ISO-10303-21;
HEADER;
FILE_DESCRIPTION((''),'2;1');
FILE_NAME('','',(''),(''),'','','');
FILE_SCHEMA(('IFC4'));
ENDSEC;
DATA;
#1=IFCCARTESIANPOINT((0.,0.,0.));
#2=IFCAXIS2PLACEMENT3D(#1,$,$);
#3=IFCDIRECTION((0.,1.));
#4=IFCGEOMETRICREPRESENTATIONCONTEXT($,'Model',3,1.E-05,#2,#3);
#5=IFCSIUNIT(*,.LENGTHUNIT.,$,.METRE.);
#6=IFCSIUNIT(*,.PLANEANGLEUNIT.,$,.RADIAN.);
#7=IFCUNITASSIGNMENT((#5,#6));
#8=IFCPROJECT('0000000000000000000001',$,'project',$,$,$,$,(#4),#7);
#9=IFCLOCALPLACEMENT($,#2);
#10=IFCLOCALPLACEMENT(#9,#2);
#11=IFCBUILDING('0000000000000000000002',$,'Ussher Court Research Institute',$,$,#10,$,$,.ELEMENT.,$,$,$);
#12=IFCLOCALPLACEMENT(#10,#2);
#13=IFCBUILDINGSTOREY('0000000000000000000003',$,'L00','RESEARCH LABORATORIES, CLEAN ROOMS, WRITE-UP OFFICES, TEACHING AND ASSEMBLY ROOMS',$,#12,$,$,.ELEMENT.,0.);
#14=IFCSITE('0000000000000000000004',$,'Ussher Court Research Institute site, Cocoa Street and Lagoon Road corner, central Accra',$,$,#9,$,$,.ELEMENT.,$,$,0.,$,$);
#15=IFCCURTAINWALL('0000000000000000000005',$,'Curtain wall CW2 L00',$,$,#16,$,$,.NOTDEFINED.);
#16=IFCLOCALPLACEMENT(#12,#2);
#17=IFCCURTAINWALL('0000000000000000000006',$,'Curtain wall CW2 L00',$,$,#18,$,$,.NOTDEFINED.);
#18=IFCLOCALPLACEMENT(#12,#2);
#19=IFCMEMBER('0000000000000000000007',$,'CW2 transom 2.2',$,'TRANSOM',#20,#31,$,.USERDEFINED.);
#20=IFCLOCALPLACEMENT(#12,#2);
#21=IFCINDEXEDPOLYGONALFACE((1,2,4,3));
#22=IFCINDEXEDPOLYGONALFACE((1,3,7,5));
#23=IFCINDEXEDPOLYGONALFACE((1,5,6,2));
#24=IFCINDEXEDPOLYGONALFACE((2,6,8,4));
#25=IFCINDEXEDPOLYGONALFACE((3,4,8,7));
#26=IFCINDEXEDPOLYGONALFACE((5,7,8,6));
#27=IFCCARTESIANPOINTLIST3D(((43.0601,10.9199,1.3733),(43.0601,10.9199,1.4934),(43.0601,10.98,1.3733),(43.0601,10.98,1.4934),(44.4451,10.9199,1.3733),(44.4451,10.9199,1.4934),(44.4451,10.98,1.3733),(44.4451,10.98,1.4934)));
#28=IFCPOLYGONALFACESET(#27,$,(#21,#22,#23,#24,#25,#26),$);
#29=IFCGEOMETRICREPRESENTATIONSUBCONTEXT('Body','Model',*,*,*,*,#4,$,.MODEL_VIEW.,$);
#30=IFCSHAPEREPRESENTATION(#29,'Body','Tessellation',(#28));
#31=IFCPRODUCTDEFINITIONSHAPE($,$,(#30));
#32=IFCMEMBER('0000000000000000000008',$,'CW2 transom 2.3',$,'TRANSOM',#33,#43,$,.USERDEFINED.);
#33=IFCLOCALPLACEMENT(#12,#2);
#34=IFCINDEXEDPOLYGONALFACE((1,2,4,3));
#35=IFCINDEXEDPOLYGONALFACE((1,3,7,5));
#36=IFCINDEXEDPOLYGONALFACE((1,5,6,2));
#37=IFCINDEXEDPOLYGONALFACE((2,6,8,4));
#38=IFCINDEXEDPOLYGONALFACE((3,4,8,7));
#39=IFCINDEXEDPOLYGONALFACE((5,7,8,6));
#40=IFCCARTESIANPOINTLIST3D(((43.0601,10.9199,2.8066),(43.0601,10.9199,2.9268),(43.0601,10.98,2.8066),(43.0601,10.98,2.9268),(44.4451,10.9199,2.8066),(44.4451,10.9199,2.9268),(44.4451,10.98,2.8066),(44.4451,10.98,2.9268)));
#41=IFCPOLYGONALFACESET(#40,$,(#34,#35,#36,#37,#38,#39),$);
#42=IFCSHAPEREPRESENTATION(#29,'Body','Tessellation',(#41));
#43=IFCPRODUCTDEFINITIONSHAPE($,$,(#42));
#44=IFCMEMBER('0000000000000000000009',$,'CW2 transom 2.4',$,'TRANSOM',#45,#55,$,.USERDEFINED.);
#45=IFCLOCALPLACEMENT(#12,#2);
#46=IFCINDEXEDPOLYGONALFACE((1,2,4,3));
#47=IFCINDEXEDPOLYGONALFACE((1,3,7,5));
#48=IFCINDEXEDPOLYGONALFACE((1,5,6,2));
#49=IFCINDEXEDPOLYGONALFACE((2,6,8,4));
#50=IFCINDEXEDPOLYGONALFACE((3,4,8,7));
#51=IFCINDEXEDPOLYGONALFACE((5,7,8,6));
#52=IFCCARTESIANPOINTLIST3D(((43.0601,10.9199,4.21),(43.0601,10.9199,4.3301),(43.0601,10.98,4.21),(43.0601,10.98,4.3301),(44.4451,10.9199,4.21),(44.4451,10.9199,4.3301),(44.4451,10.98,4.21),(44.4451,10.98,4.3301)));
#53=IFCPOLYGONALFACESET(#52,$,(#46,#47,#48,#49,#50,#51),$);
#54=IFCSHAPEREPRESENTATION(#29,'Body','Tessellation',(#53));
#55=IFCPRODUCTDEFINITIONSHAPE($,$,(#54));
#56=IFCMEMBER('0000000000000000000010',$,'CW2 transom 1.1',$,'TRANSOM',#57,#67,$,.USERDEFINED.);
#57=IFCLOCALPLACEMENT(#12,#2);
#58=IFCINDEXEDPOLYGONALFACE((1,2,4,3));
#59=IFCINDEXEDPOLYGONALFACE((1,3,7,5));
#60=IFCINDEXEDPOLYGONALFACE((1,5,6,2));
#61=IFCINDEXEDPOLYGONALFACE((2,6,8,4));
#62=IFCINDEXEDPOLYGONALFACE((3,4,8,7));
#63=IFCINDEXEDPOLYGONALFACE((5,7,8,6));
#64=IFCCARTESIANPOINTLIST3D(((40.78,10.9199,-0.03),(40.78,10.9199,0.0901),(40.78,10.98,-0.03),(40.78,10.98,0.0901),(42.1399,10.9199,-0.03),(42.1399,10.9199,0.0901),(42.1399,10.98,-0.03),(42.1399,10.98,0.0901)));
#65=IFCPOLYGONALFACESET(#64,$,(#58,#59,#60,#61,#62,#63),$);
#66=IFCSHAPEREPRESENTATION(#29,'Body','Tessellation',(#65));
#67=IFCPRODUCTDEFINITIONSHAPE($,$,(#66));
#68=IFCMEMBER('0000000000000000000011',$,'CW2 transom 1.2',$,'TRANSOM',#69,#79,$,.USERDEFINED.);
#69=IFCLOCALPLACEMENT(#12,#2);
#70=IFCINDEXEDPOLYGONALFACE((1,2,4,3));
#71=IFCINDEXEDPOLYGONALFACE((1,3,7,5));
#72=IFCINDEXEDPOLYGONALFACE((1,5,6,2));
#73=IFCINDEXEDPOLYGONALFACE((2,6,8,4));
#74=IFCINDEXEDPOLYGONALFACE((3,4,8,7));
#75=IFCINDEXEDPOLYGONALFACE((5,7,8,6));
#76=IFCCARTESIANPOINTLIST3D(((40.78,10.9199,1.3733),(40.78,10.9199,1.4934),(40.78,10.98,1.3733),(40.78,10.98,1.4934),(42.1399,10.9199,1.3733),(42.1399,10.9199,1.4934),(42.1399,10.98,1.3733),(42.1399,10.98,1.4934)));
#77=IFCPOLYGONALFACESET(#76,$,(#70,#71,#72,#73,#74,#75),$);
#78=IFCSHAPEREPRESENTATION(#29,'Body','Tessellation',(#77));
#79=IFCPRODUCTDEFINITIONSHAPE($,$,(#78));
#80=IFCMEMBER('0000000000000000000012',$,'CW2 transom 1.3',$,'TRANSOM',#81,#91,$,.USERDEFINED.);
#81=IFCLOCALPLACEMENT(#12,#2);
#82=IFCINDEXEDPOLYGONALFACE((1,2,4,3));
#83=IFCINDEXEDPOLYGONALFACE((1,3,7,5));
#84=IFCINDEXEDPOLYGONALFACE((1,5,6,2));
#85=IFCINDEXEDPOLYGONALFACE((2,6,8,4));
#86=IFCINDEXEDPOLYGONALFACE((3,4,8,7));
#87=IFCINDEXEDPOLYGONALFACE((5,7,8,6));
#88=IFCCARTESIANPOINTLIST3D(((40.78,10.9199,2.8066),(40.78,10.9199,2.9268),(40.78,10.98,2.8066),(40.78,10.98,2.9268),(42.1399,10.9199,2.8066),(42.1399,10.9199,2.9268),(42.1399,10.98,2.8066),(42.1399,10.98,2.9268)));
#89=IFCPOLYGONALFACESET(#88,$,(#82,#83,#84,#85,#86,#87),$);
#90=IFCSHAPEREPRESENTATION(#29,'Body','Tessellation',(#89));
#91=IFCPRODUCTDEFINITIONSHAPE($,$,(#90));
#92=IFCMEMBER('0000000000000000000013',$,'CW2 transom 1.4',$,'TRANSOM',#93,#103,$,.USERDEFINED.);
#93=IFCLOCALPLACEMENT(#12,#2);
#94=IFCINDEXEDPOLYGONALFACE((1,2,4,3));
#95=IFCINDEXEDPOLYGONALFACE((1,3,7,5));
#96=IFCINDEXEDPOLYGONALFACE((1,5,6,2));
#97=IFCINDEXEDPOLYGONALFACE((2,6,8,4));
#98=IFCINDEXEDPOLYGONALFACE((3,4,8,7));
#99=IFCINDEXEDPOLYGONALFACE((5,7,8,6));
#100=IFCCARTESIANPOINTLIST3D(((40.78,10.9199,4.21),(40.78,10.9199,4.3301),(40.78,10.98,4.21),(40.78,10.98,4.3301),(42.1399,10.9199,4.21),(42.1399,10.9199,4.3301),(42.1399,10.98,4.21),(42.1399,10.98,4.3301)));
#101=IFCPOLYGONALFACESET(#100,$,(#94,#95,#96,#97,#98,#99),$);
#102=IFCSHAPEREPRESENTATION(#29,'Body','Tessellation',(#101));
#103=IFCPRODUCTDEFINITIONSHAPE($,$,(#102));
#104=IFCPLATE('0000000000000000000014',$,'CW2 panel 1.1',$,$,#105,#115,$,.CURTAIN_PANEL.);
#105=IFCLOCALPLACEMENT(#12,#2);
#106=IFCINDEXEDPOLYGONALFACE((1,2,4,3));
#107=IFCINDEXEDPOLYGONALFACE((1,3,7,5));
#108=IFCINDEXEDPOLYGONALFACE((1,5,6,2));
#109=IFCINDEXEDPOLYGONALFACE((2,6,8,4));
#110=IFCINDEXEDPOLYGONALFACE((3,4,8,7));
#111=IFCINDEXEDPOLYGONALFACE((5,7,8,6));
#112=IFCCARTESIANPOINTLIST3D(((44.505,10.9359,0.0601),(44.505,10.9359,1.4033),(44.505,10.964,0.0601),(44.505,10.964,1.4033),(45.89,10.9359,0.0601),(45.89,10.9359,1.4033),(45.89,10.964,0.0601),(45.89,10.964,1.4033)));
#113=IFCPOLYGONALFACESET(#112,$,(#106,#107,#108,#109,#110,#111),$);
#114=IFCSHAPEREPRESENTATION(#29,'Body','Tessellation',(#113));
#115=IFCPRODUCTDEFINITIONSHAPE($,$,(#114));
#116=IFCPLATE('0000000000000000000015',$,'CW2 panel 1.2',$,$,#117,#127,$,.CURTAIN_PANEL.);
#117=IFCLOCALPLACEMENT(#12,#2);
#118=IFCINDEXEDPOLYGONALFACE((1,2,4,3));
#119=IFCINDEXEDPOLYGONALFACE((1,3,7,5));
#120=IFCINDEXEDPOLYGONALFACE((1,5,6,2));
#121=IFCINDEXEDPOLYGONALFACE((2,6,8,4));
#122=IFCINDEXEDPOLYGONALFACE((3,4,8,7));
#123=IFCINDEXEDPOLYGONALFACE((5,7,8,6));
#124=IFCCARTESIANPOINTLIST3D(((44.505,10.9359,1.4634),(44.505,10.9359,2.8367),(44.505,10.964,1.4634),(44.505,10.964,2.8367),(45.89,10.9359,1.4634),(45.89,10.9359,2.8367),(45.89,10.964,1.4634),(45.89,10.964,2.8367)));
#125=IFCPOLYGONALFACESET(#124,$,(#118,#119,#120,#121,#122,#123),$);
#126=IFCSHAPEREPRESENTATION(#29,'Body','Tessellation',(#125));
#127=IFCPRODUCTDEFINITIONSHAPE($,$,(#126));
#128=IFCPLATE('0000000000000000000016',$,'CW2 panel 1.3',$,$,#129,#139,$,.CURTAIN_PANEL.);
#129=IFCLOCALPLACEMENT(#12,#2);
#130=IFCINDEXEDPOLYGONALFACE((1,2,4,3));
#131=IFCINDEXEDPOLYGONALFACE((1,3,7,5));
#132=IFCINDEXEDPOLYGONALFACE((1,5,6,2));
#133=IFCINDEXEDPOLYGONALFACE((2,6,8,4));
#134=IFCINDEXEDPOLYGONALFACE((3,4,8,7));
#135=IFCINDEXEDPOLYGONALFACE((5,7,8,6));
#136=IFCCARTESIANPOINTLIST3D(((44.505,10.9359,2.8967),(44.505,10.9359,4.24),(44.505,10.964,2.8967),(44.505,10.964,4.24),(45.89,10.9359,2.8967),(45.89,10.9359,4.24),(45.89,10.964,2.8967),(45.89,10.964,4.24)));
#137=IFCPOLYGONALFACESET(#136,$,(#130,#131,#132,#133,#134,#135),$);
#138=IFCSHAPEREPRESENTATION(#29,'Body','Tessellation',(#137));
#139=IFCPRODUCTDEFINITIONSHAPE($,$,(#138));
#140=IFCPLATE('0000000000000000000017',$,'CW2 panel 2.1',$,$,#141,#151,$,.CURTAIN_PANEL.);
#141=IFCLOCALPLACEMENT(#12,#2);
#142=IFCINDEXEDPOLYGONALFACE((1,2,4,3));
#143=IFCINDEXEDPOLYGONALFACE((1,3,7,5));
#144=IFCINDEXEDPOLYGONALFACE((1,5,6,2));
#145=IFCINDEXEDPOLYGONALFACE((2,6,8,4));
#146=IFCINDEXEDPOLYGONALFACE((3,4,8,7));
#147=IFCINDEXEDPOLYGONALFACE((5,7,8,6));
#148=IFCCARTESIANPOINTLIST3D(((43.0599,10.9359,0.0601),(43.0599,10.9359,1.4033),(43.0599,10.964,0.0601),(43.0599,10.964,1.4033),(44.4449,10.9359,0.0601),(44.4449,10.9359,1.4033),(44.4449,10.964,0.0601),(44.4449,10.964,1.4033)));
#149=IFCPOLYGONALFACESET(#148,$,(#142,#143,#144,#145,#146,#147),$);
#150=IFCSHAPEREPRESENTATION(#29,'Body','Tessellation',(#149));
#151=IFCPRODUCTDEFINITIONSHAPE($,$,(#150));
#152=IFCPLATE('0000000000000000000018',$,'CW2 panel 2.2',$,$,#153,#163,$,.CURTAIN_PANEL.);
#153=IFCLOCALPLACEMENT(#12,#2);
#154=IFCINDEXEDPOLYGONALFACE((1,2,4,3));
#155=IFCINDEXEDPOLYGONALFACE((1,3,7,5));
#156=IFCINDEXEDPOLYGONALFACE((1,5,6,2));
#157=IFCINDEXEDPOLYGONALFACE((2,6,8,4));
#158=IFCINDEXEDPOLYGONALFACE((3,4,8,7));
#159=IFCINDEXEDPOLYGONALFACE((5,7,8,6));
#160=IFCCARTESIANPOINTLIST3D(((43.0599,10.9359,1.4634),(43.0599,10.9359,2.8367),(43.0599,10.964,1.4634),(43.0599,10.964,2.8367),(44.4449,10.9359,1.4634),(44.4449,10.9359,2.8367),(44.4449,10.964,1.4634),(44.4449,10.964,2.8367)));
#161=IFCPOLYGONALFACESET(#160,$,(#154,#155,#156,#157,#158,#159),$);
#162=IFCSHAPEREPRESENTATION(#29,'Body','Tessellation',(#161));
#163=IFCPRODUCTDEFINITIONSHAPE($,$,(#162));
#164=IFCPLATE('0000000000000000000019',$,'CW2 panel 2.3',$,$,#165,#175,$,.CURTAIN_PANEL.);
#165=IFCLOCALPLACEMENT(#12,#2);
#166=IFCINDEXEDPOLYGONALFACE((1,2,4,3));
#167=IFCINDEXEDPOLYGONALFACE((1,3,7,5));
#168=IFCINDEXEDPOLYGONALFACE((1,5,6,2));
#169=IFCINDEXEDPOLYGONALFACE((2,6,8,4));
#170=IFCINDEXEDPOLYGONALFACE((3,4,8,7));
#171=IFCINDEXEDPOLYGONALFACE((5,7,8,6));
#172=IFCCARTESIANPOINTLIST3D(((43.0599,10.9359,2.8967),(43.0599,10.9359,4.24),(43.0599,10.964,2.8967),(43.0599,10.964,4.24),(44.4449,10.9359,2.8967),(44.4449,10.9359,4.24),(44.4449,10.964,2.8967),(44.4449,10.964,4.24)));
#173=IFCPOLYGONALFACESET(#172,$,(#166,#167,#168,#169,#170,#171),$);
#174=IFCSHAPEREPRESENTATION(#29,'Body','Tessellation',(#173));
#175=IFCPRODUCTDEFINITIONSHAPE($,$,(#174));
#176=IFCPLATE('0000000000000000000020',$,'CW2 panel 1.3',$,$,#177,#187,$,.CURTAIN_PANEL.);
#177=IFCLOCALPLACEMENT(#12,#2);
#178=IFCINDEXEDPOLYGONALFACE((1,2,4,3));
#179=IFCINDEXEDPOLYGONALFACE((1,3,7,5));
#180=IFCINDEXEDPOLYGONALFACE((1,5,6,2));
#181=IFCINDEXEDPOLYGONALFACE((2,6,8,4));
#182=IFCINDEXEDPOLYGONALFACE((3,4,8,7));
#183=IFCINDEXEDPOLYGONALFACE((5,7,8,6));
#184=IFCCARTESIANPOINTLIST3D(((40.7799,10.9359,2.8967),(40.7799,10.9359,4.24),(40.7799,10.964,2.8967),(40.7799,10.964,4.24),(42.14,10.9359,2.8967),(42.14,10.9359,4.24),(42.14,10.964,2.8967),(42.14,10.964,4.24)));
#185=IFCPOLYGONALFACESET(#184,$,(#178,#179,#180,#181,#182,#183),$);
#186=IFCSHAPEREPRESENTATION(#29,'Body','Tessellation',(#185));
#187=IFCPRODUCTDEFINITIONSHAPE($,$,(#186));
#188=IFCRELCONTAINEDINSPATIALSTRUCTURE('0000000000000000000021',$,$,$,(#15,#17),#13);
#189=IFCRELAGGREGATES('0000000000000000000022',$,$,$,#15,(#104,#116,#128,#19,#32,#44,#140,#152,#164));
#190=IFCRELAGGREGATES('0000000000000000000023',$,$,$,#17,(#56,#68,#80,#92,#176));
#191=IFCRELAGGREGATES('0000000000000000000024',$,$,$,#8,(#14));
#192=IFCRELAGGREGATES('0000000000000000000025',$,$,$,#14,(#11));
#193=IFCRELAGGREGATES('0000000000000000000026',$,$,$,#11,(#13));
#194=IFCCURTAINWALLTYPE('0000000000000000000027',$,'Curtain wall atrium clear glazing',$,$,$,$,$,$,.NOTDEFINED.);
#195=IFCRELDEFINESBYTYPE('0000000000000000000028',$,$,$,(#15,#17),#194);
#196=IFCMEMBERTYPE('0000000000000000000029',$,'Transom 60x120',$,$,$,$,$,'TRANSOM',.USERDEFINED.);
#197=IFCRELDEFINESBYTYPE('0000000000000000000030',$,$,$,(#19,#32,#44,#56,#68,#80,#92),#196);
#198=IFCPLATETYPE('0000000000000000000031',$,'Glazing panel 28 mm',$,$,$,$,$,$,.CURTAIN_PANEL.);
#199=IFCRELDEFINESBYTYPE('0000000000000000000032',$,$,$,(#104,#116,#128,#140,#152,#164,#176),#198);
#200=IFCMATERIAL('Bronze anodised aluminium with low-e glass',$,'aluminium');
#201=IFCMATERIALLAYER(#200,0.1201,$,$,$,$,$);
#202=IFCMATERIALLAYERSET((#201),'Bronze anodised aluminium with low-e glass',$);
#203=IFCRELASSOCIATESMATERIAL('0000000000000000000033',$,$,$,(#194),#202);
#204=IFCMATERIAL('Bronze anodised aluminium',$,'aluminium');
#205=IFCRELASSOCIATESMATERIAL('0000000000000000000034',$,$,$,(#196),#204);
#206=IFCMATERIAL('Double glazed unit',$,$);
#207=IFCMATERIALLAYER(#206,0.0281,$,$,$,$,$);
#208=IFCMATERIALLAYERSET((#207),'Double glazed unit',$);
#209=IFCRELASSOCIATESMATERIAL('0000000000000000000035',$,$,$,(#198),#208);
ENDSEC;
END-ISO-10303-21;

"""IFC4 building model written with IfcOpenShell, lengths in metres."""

from ifc_helpers import new_model, si_unit, direction, frame, origin, origin_2d, place, context, subcontext, project, spatial, rectangle, extrude, material, layer, layer_set, material_profile, profile_set, type_object, element, aggregate, save


model = new_model("IFC4")

# Units and contexts
model_context = context("Model", 3, precision=1e-05, world=origin(), true_north=direction((0.0, 1.0)))
body_context = subcontext(model_context, "Body", "Model", "MODEL_VIEW")
ifc_project = project(units=[si_unit("LENGTHUNIT", "METRE"), si_unit("PLANEANGLEUNIT", "RADIAN")], contexts=[model_context])

# Site, building, storey
site_placement = place(None, origin())
site = spatial("IfcSite", under=ifc_project, at=site_placement, Name="Ussher Court Research Institute site, Cocoa Street and Lagoon Road corner, central Accra", CompositionType="ELEMENT", RefElevation=0.0)
building_placement = place(site_placement, origin())
building = spatial("IfcBuilding", under=site, at=building_placement, Name="Ussher Court Research Institute", CompositionType="ELEMENT")
storey_placement = place(building_placement, origin())
storey = spatial("IfcBuildingStorey", under=building, at=storey_placement, Name="L00", Description="RESEARCH LABORATORIES, CLEAN ROOMS, WRITE-UP OFFICES, TEACHING AND ASSEMBLY ROOMS", CompositionType="ELEMENT", Elevation=0.0)

# Curtain wall
ifc_material_1 = material(Name="Bronze anodised aluminium with low-e glass", Category="aluminium")
ifc_layer_1 = layer(ifc_material_1, 0.1201)
ifc_layer_set_1 = layer_set([ifc_layer_1], Name="Bronze anodised aluminium with low-e glass")
curtain_wall_type = type_object("IfcCurtainWallType", Name="Curtain wall atrium clear glazing", PredefinedType="NOTDEFINED", material=ifc_layer_set_1)
curtain_wall_1_placement = place(storey_placement, origin())
curtain_wall_1 = element("IfcCurtainWall", 1, at=curtain_wall_1_placement, inside=storey, type_object=curtain_wall_type, Name="Curtain wall CW2 L00", PredefinedType="NOTDEFINED")

# Curtain wall
curtain_wall_2_placement = place(storey_placement, origin())
curtain_wall_2 = element("IfcCurtainWall", 2, at=curtain_wall_2_placement, inside=storey, type_object=curtain_wall_type, Name="Curtain wall CW2 L00", PredefinedType="NOTDEFINED")

# Members
ifc_material_2 = material(Name="Bronze anodised aluminium", Category="aluminium")
ifc_material_profile_1 = material_profile(ifc_material_2, rectangle(XDim=0.0601, YDim=0.1201, at=origin_2d()), Name="Transom 60x120")
ifc_profile_set_1 = profile_set([ifc_material_profile_1], Name="Bronze anodised aluminium")
member_type_1 = type_object("IfcMemberType", Name="Transom 60x120", ElementType="TRANSOM", PredefinedType="USERDEFINED", material=ifc_profile_set_1)
member_1_placement = place(storey_placement, frame((44.4451, 10.95, 1.4333), z_axis=(-1.0, 0.0, 0.0), x_axis=(0.0, -1.0, 0.0)))
member_1 = element("IfcMember", 3, at=member_1_placement, type_object=member_type_1, Name="CW2 transom 2.2", ObjectType="TRANSOM", PredefinedType="USERDEFINED", context=body_context, shape_type="SweptSolid", body=[
    extrude(rectangle(XDim=0.0601, YDim=0.1201, at=origin_2d()), origin(), (0.0, 0.0, 1.0), 1.385),
])
member_2_placement = place(storey_placement, frame((44.4451, 10.95, 2.8667), z_axis=(-1.0, 0.0, 0.0), x_axis=(0.0, -1.0, 0.0)))
member_2 = element("IfcMember", 4, at=member_2_placement, type_object=member_type_1, Name="CW2 transom 2.3", ObjectType="TRANSOM", PredefinedType="USERDEFINED", context=body_context, shape_type="SweptSolid", body=[
    extrude(rectangle(XDim=0.0601, YDim=0.1201, at=origin_2d()), origin(), (0.0, 0.0, 1.0), 1.385),
])
member_3_placement = place(storey_placement, frame((44.4451, 10.95, 4.27), z_axis=(-1.0, 0.0, 0.0), x_axis=(0.0, -1.0, 0.0)))
member_3 = element("IfcMember", 5, at=member_3_placement, type_object=member_type_1, Name="CW2 transom 2.4", ObjectType="TRANSOM", PredefinedType="USERDEFINED", context=body_context, shape_type="SweptSolid", body=[
    extrude(rectangle(XDim=0.0601, YDim=0.1201, at=origin_2d()), origin(), (0.0, 0.0, 1.0), 1.385),
])
member_4_placement = place(storey_placement, frame((42.1399, 10.95, 0.03), z_axis=(-1.0, 0.0, 0.0), x_axis=(0.0, -1.0, 0.0)))
member_4 = element("IfcMember", 6, at=member_4_placement, type_object=member_type_1, Name="CW2 transom 1.1", ObjectType="TRANSOM", PredefinedType="USERDEFINED", context=body_context, shape_type="SweptSolid", body=[
    extrude(rectangle(XDim=0.0601, YDim=0.1201, at=origin_2d()), origin(), (0.0, 0.0, 1.0), 1.3599),
])
member_5_placement = place(storey_placement, frame((42.1399, 10.95, 1.4333), z_axis=(-1.0, 0.0, 0.0), x_axis=(0.0, -1.0, 0.0)))
member_5 = element("IfcMember", 7, at=member_5_placement, type_object=member_type_1, Name="CW2 transom 1.2", ObjectType="TRANSOM", PredefinedType="USERDEFINED", context=body_context, shape_type="SweptSolid", body=[
    extrude(rectangle(XDim=0.0601, YDim=0.1201, at=origin_2d()), origin(), (0.0, 0.0, 1.0), 1.3599),
])
member_6_placement = place(storey_placement, frame((42.1399, 10.95, 2.8667), z_axis=(-1.0, 0.0, 0.0), x_axis=(0.0, -1.0, 0.0)))
member_6 = element("IfcMember", 8, at=member_6_placement, type_object=member_type_1, Name="CW2 transom 1.3", ObjectType="TRANSOM", PredefinedType="USERDEFINED", context=body_context, shape_type="SweptSolid", body=[
    extrude(rectangle(XDim=0.0601, YDim=0.1201, at=origin_2d()), origin(), (0.0, 0.0, 1.0), 1.3599),
])
member_7_placement = place(storey_placement, frame((42.1399, 10.95, 4.27), z_axis=(-1.0, 0.0, 0.0), x_axis=(0.0, -1.0, 0.0)))
member_7 = element("IfcMember", 9, at=member_7_placement, type_object=member_type_1, Name="CW2 transom 1.4", ObjectType="TRANSOM", PredefinedType="USERDEFINED", context=body_context, shape_type="SweptSolid", body=[
    extrude(rectangle(XDim=0.0601, YDim=0.1201, at=origin_2d()), origin(), (0.0, 0.0, 1.0), 1.3599),
])

# Plates
ifc_material_3 = material(Name="Double glazed unit")
ifc_layer_2 = layer(ifc_material_3, 0.0281)
ifc_layer_set_2 = layer_set([ifc_layer_2], Name="Double glazed unit")
plate_type = type_object("IfcPlateType", Name="Glazing panel 28 mm", PredefinedType="CURTAIN_PANEL", material=ifc_layer_set_2)
plate_1_placement = place(storey_placement, frame((45.1975, 10.95, 0.0601), z_axis=(0.0, 0.0, 1.0), x_axis=(-1.0, 0.0, 0.0)))
plate_1 = element("IfcPlate", 10, at=plate_1_placement, type_object=plate_type, Name="CW2 panel 1.1", PredefinedType="CURTAIN_PANEL", context=body_context, shape_type="SweptSolid", body=[
    extrude(rectangle(XDim=1.385, YDim=0.0281, at=origin_2d()), origin(), (0.0, 0.0, 1.0), 1.3433),
])
plate_2_placement = place(storey_placement, frame((45.1975, 10.95, 1.4634), z_axis=(0.0, 0.0, 1.0), x_axis=(-1.0, 0.0, 0.0)))
plate_2 = element("IfcPlate", 11, at=plate_2_placement, type_object=plate_type, Name="CW2 panel 1.2", PredefinedType="CURTAIN_PANEL", context=body_context, shape_type="SweptSolid", body=[
    extrude(rectangle(XDim=1.385, YDim=0.0281, at=origin_2d()), origin(), (0.0, 0.0, 1.0), 1.3733),
])
plate_3_placement = place(storey_placement, frame((45.1975, 10.95, 2.8967), z_axis=(0.0, 0.0, 1.0), x_axis=(-1.0, 0.0, 0.0)))
plate_3 = element("IfcPlate", 12, at=plate_3_placement, type_object=plate_type, Name="CW2 panel 1.3", PredefinedType="CURTAIN_PANEL", context=body_context, shape_type="SweptSolid", body=[
    extrude(rectangle(XDim=1.385, YDim=0.0281, at=origin_2d()), origin(), (0.0, 0.0, 1.0), 1.3433),
])
plate_4_placement = place(storey_placement, frame((43.7524, 10.95, 0.0601), z_axis=(0.0, 0.0, 1.0), x_axis=(-1.0, 0.0, 0.0)))
plate_4 = element("IfcPlate", 13, at=plate_4_placement, type_object=plate_type, Name="CW2 panel 2.1", PredefinedType="CURTAIN_PANEL", context=body_context, shape_type="SweptSolid", body=[
    extrude(rectangle(XDim=1.385, YDim=0.0281, at=origin_2d()), origin(), (0.0, 0.0, 1.0), 1.3433),
])
plate_5_placement = place(storey_placement, frame((43.7524, 10.95, 1.4634), z_axis=(0.0, 0.0, 1.0), x_axis=(-1.0, 0.0, 0.0)))
plate_5 = element("IfcPlate", 14, at=plate_5_placement, type_object=plate_type, Name="CW2 panel 2.2", PredefinedType="CURTAIN_PANEL", context=body_context, shape_type="SweptSolid", body=[
    extrude(rectangle(XDim=1.385, YDim=0.0281, at=origin_2d()), origin(), (0.0, 0.0, 1.0), 1.3733),
])
plate_6_placement = place(storey_placement, frame((43.7524, 10.95, 2.8967), z_axis=(0.0, 0.0, 1.0), x_axis=(-1.0, 0.0, 0.0)))
plate_6 = element("IfcPlate", 15, at=plate_6_placement, type_object=plate_type, Name="CW2 panel 2.3", PredefinedType="CURTAIN_PANEL", context=body_context, shape_type="SweptSolid", body=[
    extrude(rectangle(XDim=1.385, YDim=0.0281, at=origin_2d()), origin(), (0.0, 0.0, 1.0), 1.3433),
])
aggregate(curtain_wall_1, [plate_1, plate_2, plate_3, member_1, member_2, member_3, plate_4, plate_5, plate_6])
plate_7_placement = place(storey_placement, frame((41.46, 10.95, 2.8967), z_axis=(0.0, 0.0, 1.0), x_axis=(-1.0, 0.0, 0.0)))
plate_7 = element("IfcPlate", 16, at=plate_7_placement, type_object=plate_type, Name="CW2 panel 1.3", PredefinedType="CURTAIN_PANEL", context=body_context, shape_type="SweptSolid", body=[
    extrude(rectangle(XDim=1.3601, YDim=0.0281, at=origin_2d()), origin(), (0.0, 0.0, 1.0), 1.3433),
])
aggregate(curtain_wall_2, [member_4, member_5, member_6, member_7, plate_7])

save(model, "model.ifc")
